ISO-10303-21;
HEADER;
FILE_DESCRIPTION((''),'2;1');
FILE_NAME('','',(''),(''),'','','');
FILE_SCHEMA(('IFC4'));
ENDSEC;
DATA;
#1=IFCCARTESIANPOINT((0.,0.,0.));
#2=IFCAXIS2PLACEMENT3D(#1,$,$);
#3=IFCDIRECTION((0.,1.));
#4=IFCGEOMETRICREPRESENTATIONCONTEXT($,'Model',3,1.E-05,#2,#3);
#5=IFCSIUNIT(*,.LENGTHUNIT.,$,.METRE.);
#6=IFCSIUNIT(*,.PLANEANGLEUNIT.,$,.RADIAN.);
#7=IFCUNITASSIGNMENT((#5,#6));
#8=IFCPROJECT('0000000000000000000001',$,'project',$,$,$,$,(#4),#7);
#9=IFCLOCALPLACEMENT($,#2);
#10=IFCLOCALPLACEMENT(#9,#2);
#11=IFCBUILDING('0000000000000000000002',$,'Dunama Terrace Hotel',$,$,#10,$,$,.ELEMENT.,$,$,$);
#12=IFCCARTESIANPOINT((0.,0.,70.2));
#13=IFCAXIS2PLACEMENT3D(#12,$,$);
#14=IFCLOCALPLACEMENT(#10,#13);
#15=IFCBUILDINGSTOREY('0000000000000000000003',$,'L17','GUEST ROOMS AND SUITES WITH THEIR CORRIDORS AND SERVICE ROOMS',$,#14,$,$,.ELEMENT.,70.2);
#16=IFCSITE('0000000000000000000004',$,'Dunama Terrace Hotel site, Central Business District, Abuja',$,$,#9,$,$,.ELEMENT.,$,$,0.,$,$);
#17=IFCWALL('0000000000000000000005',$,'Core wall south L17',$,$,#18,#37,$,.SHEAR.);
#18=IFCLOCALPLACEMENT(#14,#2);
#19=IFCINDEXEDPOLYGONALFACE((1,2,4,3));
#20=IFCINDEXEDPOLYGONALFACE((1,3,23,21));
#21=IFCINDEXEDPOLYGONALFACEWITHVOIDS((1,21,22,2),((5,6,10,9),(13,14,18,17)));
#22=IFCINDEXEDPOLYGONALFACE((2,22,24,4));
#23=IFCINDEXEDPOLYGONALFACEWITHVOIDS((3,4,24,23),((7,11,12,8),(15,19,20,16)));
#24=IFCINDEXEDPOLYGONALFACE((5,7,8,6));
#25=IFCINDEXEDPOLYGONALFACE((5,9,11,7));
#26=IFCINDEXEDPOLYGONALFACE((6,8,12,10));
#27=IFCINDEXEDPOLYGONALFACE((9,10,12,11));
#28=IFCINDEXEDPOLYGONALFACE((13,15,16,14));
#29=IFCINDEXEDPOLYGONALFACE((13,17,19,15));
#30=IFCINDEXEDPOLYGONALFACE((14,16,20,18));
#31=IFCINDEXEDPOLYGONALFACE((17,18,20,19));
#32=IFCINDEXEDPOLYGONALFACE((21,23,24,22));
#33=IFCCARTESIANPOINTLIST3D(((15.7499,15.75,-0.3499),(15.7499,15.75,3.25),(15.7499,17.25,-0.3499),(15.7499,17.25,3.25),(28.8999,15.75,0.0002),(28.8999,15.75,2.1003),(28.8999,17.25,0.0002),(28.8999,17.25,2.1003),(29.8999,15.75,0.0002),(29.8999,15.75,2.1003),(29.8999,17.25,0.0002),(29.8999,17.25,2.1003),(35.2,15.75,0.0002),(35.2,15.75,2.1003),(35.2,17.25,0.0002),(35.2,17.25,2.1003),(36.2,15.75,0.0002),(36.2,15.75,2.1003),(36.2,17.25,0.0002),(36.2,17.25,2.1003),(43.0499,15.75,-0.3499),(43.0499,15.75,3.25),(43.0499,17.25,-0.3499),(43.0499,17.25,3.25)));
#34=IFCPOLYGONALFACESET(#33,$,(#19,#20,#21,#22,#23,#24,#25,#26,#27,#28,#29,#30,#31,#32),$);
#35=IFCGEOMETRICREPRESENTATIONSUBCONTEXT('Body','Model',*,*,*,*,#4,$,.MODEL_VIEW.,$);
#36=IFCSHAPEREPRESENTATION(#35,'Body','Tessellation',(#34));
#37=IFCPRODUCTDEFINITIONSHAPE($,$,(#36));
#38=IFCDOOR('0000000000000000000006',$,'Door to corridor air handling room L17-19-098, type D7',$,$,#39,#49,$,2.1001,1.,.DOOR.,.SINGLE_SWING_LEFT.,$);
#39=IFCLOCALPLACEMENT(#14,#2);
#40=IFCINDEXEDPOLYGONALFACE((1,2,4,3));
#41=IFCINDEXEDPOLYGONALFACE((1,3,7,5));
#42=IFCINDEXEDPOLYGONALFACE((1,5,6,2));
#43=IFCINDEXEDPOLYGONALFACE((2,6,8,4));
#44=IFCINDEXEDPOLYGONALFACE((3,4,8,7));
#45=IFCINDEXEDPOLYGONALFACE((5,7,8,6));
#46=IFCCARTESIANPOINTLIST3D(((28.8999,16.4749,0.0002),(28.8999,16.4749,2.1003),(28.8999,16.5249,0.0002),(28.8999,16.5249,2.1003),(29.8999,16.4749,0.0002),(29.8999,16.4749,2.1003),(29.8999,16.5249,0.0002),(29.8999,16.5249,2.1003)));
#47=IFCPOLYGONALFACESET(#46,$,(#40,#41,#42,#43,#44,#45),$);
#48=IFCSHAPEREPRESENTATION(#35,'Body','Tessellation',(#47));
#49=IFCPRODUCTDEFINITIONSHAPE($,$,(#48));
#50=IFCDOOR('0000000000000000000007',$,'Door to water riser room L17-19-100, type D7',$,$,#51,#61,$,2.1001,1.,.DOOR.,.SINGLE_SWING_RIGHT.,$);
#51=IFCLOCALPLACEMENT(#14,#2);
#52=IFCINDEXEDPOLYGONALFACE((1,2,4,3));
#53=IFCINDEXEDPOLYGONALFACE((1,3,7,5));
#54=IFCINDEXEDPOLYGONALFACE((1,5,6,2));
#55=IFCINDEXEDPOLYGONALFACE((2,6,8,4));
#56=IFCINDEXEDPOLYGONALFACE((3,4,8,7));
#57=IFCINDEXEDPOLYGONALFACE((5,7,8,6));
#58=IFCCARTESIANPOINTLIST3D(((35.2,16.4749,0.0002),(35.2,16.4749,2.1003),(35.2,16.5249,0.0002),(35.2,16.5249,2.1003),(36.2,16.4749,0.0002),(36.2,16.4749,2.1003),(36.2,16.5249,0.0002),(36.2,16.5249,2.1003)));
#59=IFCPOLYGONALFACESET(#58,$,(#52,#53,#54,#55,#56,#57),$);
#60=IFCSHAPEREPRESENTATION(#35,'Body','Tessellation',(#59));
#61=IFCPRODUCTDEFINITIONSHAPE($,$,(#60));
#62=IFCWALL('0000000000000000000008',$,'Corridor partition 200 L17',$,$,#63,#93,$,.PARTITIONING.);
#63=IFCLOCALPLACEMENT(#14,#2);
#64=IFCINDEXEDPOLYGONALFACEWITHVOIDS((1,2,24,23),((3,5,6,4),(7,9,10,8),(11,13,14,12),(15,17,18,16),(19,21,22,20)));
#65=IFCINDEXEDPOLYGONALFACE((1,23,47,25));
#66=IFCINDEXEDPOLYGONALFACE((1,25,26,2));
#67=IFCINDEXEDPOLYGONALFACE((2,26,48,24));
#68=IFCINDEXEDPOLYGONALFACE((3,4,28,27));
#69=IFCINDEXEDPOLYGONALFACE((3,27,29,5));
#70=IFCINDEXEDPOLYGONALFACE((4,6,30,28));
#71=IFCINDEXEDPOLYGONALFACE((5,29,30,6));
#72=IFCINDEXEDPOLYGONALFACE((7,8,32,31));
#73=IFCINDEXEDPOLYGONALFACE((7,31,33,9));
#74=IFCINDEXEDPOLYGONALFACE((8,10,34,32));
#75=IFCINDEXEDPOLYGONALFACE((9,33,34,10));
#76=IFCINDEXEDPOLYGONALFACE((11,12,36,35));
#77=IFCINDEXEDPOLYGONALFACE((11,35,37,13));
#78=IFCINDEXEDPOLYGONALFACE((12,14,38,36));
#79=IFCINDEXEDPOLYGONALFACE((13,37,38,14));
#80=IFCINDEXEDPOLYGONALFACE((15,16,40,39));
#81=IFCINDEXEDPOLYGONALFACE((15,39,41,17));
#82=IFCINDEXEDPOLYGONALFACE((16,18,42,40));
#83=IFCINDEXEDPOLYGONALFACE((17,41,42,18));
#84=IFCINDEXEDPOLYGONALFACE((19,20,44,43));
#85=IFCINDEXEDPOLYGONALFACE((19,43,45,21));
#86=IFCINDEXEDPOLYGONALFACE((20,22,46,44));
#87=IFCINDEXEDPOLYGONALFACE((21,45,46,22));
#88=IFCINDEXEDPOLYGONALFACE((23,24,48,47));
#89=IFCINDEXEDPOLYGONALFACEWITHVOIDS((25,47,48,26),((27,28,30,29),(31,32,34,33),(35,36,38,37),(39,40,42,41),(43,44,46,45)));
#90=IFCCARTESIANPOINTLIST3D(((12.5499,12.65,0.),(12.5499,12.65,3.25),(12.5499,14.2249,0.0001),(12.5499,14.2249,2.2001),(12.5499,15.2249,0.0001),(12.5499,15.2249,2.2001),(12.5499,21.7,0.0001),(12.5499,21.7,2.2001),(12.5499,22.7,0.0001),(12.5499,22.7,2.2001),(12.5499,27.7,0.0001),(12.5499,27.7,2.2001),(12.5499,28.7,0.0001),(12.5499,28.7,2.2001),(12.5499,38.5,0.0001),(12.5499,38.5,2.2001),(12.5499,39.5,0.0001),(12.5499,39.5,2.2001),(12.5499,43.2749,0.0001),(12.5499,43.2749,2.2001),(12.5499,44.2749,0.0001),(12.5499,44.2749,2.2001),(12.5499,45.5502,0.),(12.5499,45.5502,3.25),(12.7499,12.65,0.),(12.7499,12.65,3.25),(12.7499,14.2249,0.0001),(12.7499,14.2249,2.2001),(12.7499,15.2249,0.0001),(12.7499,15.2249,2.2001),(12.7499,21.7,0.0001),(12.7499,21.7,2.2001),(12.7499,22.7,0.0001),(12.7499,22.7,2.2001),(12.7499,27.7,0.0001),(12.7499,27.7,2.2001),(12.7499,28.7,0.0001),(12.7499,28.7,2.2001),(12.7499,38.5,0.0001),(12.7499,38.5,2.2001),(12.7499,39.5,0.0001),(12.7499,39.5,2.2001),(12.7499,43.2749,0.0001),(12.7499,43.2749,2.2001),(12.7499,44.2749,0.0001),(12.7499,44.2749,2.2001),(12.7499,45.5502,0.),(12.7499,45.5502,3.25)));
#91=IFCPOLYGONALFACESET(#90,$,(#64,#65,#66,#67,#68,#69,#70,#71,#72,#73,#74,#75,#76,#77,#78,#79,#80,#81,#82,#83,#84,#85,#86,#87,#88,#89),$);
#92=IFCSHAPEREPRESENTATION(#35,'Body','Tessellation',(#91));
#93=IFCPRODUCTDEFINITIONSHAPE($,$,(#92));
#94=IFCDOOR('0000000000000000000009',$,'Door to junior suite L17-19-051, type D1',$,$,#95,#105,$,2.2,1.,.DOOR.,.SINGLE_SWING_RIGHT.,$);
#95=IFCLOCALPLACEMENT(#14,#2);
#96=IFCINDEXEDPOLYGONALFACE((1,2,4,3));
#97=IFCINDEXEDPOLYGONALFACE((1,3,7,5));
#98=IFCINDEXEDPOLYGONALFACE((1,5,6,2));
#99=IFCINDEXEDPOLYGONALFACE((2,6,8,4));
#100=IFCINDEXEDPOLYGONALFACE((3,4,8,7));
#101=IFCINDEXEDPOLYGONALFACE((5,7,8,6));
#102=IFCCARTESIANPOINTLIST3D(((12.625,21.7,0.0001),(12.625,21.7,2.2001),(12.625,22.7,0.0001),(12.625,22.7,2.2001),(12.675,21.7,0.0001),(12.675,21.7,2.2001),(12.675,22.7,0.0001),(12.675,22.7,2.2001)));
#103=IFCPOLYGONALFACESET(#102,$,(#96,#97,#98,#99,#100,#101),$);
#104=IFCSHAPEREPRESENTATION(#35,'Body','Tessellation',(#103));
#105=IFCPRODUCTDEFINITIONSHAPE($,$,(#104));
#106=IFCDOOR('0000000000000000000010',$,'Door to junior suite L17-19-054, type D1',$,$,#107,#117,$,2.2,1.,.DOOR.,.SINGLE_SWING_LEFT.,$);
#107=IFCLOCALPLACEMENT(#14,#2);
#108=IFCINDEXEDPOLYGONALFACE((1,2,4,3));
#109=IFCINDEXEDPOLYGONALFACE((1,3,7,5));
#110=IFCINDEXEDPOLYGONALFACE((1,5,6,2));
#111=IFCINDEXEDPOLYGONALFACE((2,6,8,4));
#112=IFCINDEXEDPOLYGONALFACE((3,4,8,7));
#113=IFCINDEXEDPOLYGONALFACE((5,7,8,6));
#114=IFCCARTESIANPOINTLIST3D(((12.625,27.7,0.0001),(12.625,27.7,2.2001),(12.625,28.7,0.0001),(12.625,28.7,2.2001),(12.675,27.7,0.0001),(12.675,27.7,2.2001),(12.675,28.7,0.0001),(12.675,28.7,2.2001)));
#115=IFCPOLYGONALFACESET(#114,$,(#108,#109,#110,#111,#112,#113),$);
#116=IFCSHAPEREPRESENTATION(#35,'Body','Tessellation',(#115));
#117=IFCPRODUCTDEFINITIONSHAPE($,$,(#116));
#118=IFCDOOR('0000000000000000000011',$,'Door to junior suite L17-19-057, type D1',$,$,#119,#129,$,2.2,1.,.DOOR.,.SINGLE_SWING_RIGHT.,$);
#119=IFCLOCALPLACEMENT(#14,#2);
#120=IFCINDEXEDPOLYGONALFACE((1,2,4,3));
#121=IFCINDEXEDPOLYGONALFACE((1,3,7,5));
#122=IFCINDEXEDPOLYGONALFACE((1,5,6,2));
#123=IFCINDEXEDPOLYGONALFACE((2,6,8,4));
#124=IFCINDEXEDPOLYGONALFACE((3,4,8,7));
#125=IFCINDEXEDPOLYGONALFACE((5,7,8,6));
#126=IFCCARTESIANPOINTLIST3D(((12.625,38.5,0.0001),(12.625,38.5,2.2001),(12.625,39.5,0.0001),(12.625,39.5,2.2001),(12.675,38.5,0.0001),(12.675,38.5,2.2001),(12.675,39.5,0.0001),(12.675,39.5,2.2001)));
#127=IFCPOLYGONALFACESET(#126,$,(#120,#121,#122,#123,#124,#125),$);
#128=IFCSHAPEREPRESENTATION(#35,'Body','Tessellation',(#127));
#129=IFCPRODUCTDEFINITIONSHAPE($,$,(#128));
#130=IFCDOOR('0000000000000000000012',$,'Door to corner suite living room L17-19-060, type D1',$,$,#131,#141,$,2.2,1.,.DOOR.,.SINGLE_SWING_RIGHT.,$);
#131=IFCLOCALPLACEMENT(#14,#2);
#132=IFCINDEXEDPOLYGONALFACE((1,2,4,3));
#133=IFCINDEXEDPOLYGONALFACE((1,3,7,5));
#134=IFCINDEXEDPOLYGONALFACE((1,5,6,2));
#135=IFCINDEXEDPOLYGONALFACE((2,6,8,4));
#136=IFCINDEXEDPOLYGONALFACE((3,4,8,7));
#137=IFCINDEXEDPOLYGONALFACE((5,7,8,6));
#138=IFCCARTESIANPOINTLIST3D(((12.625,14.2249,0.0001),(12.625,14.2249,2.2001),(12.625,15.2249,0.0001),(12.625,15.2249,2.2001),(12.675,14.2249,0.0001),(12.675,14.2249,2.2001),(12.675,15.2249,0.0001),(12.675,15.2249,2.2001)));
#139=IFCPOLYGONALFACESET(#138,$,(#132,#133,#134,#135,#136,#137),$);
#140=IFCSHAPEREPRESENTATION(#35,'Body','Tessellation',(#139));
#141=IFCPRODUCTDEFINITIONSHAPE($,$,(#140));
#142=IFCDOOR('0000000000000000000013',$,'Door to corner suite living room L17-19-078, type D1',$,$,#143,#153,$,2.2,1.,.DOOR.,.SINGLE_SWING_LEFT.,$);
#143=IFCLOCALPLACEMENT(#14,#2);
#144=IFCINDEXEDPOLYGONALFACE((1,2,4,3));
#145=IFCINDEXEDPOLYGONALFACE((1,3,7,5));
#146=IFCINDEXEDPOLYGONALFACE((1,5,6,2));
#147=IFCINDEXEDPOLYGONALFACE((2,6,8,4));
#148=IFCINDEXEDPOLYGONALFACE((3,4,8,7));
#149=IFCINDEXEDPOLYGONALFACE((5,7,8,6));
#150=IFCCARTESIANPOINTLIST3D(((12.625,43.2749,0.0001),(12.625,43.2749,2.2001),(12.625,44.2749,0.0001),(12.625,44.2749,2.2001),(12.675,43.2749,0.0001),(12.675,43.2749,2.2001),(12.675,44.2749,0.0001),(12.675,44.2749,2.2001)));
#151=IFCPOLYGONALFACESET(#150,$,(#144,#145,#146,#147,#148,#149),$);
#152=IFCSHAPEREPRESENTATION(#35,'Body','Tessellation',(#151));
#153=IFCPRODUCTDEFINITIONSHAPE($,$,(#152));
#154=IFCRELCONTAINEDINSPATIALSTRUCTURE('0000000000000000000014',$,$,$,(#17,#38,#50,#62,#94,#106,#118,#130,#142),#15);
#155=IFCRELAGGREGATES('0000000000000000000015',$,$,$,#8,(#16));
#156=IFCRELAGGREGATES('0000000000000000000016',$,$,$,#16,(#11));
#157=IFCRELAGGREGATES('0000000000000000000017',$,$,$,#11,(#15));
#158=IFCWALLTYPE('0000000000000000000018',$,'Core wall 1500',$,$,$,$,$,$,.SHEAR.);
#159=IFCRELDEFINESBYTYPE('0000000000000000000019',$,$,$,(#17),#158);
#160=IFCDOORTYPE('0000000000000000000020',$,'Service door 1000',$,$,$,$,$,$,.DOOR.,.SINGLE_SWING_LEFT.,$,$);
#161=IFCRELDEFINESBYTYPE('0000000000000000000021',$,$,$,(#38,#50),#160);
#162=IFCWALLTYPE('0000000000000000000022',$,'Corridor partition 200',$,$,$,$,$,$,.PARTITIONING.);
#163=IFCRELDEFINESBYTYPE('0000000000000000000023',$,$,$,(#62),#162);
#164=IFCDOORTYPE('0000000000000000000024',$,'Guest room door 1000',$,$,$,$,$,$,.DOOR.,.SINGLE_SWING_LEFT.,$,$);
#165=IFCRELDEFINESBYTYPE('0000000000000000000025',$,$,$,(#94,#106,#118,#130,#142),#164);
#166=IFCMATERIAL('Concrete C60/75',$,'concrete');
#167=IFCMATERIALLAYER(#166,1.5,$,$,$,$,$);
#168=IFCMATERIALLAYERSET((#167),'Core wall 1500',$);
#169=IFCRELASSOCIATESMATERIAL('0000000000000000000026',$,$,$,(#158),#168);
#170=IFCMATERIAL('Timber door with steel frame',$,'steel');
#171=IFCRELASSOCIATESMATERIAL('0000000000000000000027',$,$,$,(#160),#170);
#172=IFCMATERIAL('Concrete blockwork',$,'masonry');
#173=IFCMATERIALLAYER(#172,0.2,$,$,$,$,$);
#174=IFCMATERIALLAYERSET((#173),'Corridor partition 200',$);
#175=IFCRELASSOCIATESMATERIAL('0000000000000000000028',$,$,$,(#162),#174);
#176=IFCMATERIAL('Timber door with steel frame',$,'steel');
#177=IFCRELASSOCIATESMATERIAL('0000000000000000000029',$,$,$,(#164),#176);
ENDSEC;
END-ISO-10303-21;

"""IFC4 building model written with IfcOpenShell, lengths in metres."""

from ifc_helpers import new_model, si_unit, direction, frame, frame_2d, origin, place, context, subcontext, project, spatial, rectangle, extrude, material, layer, layer_set, type_object, element, fill, save


model = new_model("IFC4")

# Units and contexts
model_context = context("Model", 3, precision=1e-05, world=origin(), true_north=direction((0.0, 1.0)))
body_context = subcontext(model_context, "Body", "Model", "MODEL_VIEW")
ifc_project = project(units=[si_unit("LENGTHUNIT", "METRE"), si_unit("PLANEANGLEUNIT", "RADIAN")], contexts=[model_context])

# Site, building, storey
site_placement = place(None, origin())
site = spatial("IfcSite", under=ifc_project, at=site_placement, Name="Dunama Terrace Hotel site, Central Business District, Abuja", CompositionType="ELEMENT", RefElevation=0.0)
building_placement = place(site_placement, origin())
building = spatial("IfcBuilding", under=site, at=building_placement, Name="Dunama Terrace Hotel", CompositionType="ELEMENT")
storey_placement = place(building_placement, frame((0.0, 0.0, 70.2)))
storey = spatial("IfcBuildingStorey", under=building, at=storey_placement, Name="L17", Description="GUEST ROOMS AND SUITES WITH THEIR CORRIDORS AND SERVICE ROOMS", CompositionType="ELEMENT", Elevation=70.2)

# Walls, openings, doors
ifc_material_1 = material(Name="Concrete C60/75", Category="concrete")
ifc_layer_1 = layer(ifc_material_1, 1.5)
ifc_layer_set_1 = layer_set([ifc_layer_1], Name="Core wall 1500")
wall_type_1 = type_object("IfcWallType", Name="Core wall 1500", PredefinedType="SHEAR", material=ifc_layer_set_1)
wall_1_placement = place(storey_placement, frame((15.75, 16.5, -0.3499), z_axis=(0.0, 0.0, 1.0), x_axis=(1.0, 0.0, 0.0)))
wall_1 = element("IfcWall", 1, at=wall_1_placement, inside=storey, type_object=wall_type_1, Name="Core wall south L17", PredefinedType="SHEAR", context=body_context, shape_type="SweptSolid", body=[
    extrude(rectangle(XDim=27.3, YDim=1.5, at=frame_2d((13.6499, 0.0))), origin(), (0.0, 0.0, 1.0), 3.5999),
])
opening_1_placement = place(wall_1_placement, frame((13.1499, 0.0, 0.3501)))
opening_1 = element("IfcOpeningElement", 2, at=opening_1_placement, cuts=wall_1, PredefinedType="OPENING", context=body_context, shape_type="SweptSolid", body=[
    extrude(rectangle(XDim=1.0, YDim=2.1001, at=frame_2d((0.5, 1.05))), frame((0.0, 0.76, 0.0), z_axis=(0.0, -1.0, 0.0), x_axis=(1.0, 0.0, 0.0)), (0.0, 0.0, 1.0), 1.52),
])
opening_2_placement = place(wall_1_placement, frame((19.45, 0.0, 0.3501)))
opening_2 = element("IfcOpeningElement", 3, at=opening_2_placement, cuts=wall_1, PredefinedType="OPENING", context=body_context, shape_type="SweptSolid", body=[
    extrude(rectangle(XDim=1.0, YDim=2.1001, at=frame_2d((0.5, 1.05))), frame((0.0, 0.76, 0.0), z_axis=(0.0, -1.0, 0.0), x_axis=(1.0, 0.0, 0.0)), (0.0, 0.0, 1.0), 1.52),
])
ifc_material_2 = material(Name="Timber door with steel frame", Category="steel")
door_type_1 = type_object("IfcDoorType", Name="Service door 1000", OperationType="SINGLE_SWING_LEFT", PredefinedType="DOOR", material=ifc_material_2)
door_1_placement = place(opening_1_placement, origin())
door_1 = element("IfcDoor", 4, at=door_1_placement, inside=storey, type_object=door_type_1, Name="Door to corridor air handling room L17-19-098, type D7", OperationType="SINGLE_SWING_LEFT", OverallHeight=2.1001, OverallWidth=1.0, PredefinedType="DOOR", context=body_context, shape_type="SweptSolid", body=[
    extrude(rectangle(XDim=1.0, YDim=2.1001, at=frame_2d((0.5, 1.05))), frame((0.0, 0.0249, 0.0), z_axis=(0.0, -1.0, 0.0), x_axis=(1.0, 0.0, 0.0)), (0.0, 0.0, 1.0), 0.05),
])
fill(opening_1, door_1)
door_2_placement = place(opening_2_placement, origin())
door_2 = element("IfcDoor", 5, at=door_2_placement, inside=storey, type_object=door_type_1, Name="Door to water riser room L17-19-100, type D7", OperationType="SINGLE_SWING_RIGHT", OverallHeight=2.1001, OverallWidth=1.0, PredefinedType="DOOR", context=body_context, shape_type="SweptSolid", body=[
    extrude(rectangle(XDim=1.0, YDim=2.1001, at=frame_2d((0.5, 1.05))), frame((0.0, 0.0249, 0.0), z_axis=(0.0, -1.0, 0.0), x_axis=(1.0, 0.0, 0.0)), (0.0, 0.0, 1.0), 0.05),
])
fill(opening_2, door_2)
ifc_material_3 = material(Name="Concrete blockwork", Category="masonry")
ifc_layer_2 = layer(ifc_material_3, 0.2)
ifc_layer_set_2 = layer_set([ifc_layer_2], Name="Corridor partition 200")
wall_type_2 = type_object("IfcWallType", Name="Corridor partition 200", PredefinedType="PARTITIONING", material=ifc_layer_set_2)
wall_2_placement = place(storey_placement, frame((12.6499, 12.6499, 0.0), z_axis=(0.0, 0.0, 1.0), x_axis=(0.0, 1.0, 0.0)))
wall_2 = element("IfcWall", 6, at=wall_2_placement, inside=storey, type_object=wall_type_2, Name="Corridor partition 200 L17", PredefinedType="PARTITIONING", context=body_context, shape_type="SweptSolid", body=[
    extrude(rectangle(XDim=32.9001, YDim=0.2, at=frame_2d((16.4502, 0.0))), origin(), (0.0, 0.0, 1.0), 3.25),
])
opening_3_placement = place(wall_2_placement, frame((9.05, 0.0, 0.0)))
opening_3 = element("IfcOpeningElement", 7, at=opening_3_placement, cuts=wall_2, PredefinedType="OPENING", context=body_context, shape_type="SweptSolid", body=[
    extrude(rectangle(XDim=1.0, YDim=2.2, at=frame_2d((0.5, 1.1001))), frame((0.0, 0.1099, 0.0), z_axis=(0.0, -1.0, 0.0), x_axis=(1.0, 0.0, 0.0)), (0.0, 0.0, 1.0), 0.22),
])
opening_4_placement = place(wall_2_placement, frame((15.05, 0.0, 0.0)))
opening_4 = element("IfcOpeningElement", 8, at=opening_4_placement, cuts=wall_2, PredefinedType="OPENING", context=body_context, shape_type="SweptSolid", body=[
    extrude(rectangle(XDim=1.0, YDim=2.2, at=frame_2d((0.5, 1.1001))), frame((0.0, 0.1099, 0.0), z_axis=(0.0, -1.0, 0.0), x_axis=(1.0, 0.0, 0.0)), (0.0, 0.0, 1.0), 0.22),
])
opening_5_placement = place(wall_2_placement, frame((25.8501, 0.0, 0.0)))
opening_5 = element("IfcOpeningElement", 9, at=opening_5_placement, cuts=wall_2, PredefinedType="OPENING", context=body_context, shape_type="SweptSolid", body=[
    extrude(rectangle(XDim=1.0, YDim=2.2, at=frame_2d((0.5, 1.1001))), frame((0.0, 0.1099, 0.0), z_axis=(0.0, -1.0, 0.0), x_axis=(1.0, 0.0, 0.0)), (0.0, 0.0, 1.0), 0.22),
])
opening_6_placement = place(wall_2_placement, frame((1.575, 0.0, 0.0)))
opening_6 = element("IfcOpeningElement", 10, at=opening_6_placement, cuts=wall_2, PredefinedType="OPENING", context=body_context, shape_type="SweptSolid", body=[
    extrude(rectangle(XDim=1.0, YDim=2.2, at=frame_2d((0.5, 1.1001))), frame((0.0, 0.1099, 0.0), z_axis=(0.0, -1.0, 0.0), x_axis=(1.0, 0.0, 0.0)), (0.0, 0.0, 1.0), 0.22),
])
opening_7_placement = place(wall_2_placement, frame((30.625, 0.0, 0.0)))
opening_7 = element("IfcOpeningElement", 11, at=opening_7_placement, cuts=wall_2, PredefinedType="OPENING", context=body_context, shape_type="SweptSolid", body=[
    extrude(rectangle(XDim=1.0, YDim=2.2, at=frame_2d((0.5, 1.1001))), frame((0.0, 0.1099, 0.0), z_axis=(0.0, -1.0, 0.0), x_axis=(1.0, 0.0, 0.0)), (0.0, 0.0, 1.0), 0.22),
])
ifc_material_4 = material(Name="Timber door with steel frame", Category="steel")
door_type_2 = type_object("IfcDoorType", Name="Guest room door 1000", OperationType="SINGLE_SWING_LEFT", PredefinedType="DOOR", material=ifc_material_4)
door_3_placement = place(opening_3_placement, origin())
door_3 = element("IfcDoor", 12, at=door_3_placement, inside=storey, type_object=door_type_2, Name="Door to junior suite L17-19-051, type D1", OperationType="SINGLE_SWING_RIGHT", OverallHeight=2.2, OverallWidth=1.0, PredefinedType="DOOR", context=body_context, shape_type="SweptSolid", body=[
    extrude(rectangle(XDim=1.0, YDim=2.2, at=frame_2d((0.5, 1.1001))), frame((0.0, 0.0249, 0.0), z_axis=(0.0, -1.0, 0.0), x_axis=(1.0, 0.0, 0.0)), (0.0, 0.0, 1.0), 0.05),
])
fill(opening_3, door_3)
door_4_placement = place(opening_4_placement, origin())
door_4 = element("IfcDoor", 13, at=door_4_placement, inside=storey, type_object=door_type_2, Name="Door to junior suite L17-19-054, type D1", OperationType="SINGLE_SWING_LEFT", OverallHeight=2.2, OverallWidth=1.0, PredefinedType="DOOR", context=body_context, shape_type="SweptSolid", body=[
    extrude(rectangle(XDim=1.0, YDim=2.2, at=frame_2d((0.5, 1.1001))), frame((0.0, 0.0249, 0.0), z_axis=(0.0, -1.0, 0.0), x_axis=(1.0, 0.0, 0.0)), (0.0, 0.0, 1.0), 0.05),
])
fill(opening_4, door_4)
door_5_placement = place(opening_5_placement, origin())
door_5 = element("IfcDoor", 14, at=door_5_placement, inside=storey, type_object=door_type_2, Name="Door to junior suite L17-19-057, type D1", OperationType="SINGLE_SWING_RIGHT", OverallHeight=2.2, OverallWidth=1.0, PredefinedType="DOOR", context=body_context, shape_type="SweptSolid", body=[
    extrude(rectangle(XDim=1.0, YDim=2.2, at=frame_2d((0.5, 1.1001))), frame((0.0, 0.0249, 0.0), z_axis=(0.0, -1.0, 0.0), x_axis=(1.0, 0.0, 0.0)), (0.0, 0.0, 1.0), 0.05),
])
fill(opening_5, door_5)
door_6_placement = place(opening_6_placement, origin())
door_6 = element("IfcDoor", 15, at=door_6_placement, inside=storey, type_object=door_type_2, Name="Door to corner suite living room L17-19-060, type D1", OperationType="SINGLE_SWING_RIGHT", OverallHeight=2.2, OverallWidth=1.0, PredefinedType="DOOR", context=body_context, shape_type="SweptSolid", body=[
    extrude(rectangle(XDim=1.0, YDim=2.2, at=frame_2d((0.5, 1.1001))), frame((0.0, 0.0249, 0.0), z_axis=(0.0, -1.0, 0.0), x_axis=(1.0, 0.0, 0.0)), (0.0, 0.0, 1.0), 0.05),
])
fill(opening_6, door_6)
door_7_placement = place(opening_7_placement, origin())
door_7 = element("IfcDoor", 16, at=door_7_placement, inside=storey, type_object=door_type_2, Name="Door to corner suite living room L17-19-078, type D1", OperationType="SINGLE_SWING_LEFT", OverallHeight=2.2, OverallWidth=1.0, PredefinedType="DOOR", context=body_context, shape_type="SweptSolid", body=[
    extrude(rectangle(XDim=1.0, YDim=2.2, at=frame_2d((0.5, 1.1001))), frame((0.0, 0.0249, 0.0), z_axis=(0.0, -1.0, 0.0), x_axis=(1.0, 0.0, 0.0)), (0.0, 0.0, 1.0), 0.05),
])
fill(opening_7, door_7)

save(model, "model.ifc")
